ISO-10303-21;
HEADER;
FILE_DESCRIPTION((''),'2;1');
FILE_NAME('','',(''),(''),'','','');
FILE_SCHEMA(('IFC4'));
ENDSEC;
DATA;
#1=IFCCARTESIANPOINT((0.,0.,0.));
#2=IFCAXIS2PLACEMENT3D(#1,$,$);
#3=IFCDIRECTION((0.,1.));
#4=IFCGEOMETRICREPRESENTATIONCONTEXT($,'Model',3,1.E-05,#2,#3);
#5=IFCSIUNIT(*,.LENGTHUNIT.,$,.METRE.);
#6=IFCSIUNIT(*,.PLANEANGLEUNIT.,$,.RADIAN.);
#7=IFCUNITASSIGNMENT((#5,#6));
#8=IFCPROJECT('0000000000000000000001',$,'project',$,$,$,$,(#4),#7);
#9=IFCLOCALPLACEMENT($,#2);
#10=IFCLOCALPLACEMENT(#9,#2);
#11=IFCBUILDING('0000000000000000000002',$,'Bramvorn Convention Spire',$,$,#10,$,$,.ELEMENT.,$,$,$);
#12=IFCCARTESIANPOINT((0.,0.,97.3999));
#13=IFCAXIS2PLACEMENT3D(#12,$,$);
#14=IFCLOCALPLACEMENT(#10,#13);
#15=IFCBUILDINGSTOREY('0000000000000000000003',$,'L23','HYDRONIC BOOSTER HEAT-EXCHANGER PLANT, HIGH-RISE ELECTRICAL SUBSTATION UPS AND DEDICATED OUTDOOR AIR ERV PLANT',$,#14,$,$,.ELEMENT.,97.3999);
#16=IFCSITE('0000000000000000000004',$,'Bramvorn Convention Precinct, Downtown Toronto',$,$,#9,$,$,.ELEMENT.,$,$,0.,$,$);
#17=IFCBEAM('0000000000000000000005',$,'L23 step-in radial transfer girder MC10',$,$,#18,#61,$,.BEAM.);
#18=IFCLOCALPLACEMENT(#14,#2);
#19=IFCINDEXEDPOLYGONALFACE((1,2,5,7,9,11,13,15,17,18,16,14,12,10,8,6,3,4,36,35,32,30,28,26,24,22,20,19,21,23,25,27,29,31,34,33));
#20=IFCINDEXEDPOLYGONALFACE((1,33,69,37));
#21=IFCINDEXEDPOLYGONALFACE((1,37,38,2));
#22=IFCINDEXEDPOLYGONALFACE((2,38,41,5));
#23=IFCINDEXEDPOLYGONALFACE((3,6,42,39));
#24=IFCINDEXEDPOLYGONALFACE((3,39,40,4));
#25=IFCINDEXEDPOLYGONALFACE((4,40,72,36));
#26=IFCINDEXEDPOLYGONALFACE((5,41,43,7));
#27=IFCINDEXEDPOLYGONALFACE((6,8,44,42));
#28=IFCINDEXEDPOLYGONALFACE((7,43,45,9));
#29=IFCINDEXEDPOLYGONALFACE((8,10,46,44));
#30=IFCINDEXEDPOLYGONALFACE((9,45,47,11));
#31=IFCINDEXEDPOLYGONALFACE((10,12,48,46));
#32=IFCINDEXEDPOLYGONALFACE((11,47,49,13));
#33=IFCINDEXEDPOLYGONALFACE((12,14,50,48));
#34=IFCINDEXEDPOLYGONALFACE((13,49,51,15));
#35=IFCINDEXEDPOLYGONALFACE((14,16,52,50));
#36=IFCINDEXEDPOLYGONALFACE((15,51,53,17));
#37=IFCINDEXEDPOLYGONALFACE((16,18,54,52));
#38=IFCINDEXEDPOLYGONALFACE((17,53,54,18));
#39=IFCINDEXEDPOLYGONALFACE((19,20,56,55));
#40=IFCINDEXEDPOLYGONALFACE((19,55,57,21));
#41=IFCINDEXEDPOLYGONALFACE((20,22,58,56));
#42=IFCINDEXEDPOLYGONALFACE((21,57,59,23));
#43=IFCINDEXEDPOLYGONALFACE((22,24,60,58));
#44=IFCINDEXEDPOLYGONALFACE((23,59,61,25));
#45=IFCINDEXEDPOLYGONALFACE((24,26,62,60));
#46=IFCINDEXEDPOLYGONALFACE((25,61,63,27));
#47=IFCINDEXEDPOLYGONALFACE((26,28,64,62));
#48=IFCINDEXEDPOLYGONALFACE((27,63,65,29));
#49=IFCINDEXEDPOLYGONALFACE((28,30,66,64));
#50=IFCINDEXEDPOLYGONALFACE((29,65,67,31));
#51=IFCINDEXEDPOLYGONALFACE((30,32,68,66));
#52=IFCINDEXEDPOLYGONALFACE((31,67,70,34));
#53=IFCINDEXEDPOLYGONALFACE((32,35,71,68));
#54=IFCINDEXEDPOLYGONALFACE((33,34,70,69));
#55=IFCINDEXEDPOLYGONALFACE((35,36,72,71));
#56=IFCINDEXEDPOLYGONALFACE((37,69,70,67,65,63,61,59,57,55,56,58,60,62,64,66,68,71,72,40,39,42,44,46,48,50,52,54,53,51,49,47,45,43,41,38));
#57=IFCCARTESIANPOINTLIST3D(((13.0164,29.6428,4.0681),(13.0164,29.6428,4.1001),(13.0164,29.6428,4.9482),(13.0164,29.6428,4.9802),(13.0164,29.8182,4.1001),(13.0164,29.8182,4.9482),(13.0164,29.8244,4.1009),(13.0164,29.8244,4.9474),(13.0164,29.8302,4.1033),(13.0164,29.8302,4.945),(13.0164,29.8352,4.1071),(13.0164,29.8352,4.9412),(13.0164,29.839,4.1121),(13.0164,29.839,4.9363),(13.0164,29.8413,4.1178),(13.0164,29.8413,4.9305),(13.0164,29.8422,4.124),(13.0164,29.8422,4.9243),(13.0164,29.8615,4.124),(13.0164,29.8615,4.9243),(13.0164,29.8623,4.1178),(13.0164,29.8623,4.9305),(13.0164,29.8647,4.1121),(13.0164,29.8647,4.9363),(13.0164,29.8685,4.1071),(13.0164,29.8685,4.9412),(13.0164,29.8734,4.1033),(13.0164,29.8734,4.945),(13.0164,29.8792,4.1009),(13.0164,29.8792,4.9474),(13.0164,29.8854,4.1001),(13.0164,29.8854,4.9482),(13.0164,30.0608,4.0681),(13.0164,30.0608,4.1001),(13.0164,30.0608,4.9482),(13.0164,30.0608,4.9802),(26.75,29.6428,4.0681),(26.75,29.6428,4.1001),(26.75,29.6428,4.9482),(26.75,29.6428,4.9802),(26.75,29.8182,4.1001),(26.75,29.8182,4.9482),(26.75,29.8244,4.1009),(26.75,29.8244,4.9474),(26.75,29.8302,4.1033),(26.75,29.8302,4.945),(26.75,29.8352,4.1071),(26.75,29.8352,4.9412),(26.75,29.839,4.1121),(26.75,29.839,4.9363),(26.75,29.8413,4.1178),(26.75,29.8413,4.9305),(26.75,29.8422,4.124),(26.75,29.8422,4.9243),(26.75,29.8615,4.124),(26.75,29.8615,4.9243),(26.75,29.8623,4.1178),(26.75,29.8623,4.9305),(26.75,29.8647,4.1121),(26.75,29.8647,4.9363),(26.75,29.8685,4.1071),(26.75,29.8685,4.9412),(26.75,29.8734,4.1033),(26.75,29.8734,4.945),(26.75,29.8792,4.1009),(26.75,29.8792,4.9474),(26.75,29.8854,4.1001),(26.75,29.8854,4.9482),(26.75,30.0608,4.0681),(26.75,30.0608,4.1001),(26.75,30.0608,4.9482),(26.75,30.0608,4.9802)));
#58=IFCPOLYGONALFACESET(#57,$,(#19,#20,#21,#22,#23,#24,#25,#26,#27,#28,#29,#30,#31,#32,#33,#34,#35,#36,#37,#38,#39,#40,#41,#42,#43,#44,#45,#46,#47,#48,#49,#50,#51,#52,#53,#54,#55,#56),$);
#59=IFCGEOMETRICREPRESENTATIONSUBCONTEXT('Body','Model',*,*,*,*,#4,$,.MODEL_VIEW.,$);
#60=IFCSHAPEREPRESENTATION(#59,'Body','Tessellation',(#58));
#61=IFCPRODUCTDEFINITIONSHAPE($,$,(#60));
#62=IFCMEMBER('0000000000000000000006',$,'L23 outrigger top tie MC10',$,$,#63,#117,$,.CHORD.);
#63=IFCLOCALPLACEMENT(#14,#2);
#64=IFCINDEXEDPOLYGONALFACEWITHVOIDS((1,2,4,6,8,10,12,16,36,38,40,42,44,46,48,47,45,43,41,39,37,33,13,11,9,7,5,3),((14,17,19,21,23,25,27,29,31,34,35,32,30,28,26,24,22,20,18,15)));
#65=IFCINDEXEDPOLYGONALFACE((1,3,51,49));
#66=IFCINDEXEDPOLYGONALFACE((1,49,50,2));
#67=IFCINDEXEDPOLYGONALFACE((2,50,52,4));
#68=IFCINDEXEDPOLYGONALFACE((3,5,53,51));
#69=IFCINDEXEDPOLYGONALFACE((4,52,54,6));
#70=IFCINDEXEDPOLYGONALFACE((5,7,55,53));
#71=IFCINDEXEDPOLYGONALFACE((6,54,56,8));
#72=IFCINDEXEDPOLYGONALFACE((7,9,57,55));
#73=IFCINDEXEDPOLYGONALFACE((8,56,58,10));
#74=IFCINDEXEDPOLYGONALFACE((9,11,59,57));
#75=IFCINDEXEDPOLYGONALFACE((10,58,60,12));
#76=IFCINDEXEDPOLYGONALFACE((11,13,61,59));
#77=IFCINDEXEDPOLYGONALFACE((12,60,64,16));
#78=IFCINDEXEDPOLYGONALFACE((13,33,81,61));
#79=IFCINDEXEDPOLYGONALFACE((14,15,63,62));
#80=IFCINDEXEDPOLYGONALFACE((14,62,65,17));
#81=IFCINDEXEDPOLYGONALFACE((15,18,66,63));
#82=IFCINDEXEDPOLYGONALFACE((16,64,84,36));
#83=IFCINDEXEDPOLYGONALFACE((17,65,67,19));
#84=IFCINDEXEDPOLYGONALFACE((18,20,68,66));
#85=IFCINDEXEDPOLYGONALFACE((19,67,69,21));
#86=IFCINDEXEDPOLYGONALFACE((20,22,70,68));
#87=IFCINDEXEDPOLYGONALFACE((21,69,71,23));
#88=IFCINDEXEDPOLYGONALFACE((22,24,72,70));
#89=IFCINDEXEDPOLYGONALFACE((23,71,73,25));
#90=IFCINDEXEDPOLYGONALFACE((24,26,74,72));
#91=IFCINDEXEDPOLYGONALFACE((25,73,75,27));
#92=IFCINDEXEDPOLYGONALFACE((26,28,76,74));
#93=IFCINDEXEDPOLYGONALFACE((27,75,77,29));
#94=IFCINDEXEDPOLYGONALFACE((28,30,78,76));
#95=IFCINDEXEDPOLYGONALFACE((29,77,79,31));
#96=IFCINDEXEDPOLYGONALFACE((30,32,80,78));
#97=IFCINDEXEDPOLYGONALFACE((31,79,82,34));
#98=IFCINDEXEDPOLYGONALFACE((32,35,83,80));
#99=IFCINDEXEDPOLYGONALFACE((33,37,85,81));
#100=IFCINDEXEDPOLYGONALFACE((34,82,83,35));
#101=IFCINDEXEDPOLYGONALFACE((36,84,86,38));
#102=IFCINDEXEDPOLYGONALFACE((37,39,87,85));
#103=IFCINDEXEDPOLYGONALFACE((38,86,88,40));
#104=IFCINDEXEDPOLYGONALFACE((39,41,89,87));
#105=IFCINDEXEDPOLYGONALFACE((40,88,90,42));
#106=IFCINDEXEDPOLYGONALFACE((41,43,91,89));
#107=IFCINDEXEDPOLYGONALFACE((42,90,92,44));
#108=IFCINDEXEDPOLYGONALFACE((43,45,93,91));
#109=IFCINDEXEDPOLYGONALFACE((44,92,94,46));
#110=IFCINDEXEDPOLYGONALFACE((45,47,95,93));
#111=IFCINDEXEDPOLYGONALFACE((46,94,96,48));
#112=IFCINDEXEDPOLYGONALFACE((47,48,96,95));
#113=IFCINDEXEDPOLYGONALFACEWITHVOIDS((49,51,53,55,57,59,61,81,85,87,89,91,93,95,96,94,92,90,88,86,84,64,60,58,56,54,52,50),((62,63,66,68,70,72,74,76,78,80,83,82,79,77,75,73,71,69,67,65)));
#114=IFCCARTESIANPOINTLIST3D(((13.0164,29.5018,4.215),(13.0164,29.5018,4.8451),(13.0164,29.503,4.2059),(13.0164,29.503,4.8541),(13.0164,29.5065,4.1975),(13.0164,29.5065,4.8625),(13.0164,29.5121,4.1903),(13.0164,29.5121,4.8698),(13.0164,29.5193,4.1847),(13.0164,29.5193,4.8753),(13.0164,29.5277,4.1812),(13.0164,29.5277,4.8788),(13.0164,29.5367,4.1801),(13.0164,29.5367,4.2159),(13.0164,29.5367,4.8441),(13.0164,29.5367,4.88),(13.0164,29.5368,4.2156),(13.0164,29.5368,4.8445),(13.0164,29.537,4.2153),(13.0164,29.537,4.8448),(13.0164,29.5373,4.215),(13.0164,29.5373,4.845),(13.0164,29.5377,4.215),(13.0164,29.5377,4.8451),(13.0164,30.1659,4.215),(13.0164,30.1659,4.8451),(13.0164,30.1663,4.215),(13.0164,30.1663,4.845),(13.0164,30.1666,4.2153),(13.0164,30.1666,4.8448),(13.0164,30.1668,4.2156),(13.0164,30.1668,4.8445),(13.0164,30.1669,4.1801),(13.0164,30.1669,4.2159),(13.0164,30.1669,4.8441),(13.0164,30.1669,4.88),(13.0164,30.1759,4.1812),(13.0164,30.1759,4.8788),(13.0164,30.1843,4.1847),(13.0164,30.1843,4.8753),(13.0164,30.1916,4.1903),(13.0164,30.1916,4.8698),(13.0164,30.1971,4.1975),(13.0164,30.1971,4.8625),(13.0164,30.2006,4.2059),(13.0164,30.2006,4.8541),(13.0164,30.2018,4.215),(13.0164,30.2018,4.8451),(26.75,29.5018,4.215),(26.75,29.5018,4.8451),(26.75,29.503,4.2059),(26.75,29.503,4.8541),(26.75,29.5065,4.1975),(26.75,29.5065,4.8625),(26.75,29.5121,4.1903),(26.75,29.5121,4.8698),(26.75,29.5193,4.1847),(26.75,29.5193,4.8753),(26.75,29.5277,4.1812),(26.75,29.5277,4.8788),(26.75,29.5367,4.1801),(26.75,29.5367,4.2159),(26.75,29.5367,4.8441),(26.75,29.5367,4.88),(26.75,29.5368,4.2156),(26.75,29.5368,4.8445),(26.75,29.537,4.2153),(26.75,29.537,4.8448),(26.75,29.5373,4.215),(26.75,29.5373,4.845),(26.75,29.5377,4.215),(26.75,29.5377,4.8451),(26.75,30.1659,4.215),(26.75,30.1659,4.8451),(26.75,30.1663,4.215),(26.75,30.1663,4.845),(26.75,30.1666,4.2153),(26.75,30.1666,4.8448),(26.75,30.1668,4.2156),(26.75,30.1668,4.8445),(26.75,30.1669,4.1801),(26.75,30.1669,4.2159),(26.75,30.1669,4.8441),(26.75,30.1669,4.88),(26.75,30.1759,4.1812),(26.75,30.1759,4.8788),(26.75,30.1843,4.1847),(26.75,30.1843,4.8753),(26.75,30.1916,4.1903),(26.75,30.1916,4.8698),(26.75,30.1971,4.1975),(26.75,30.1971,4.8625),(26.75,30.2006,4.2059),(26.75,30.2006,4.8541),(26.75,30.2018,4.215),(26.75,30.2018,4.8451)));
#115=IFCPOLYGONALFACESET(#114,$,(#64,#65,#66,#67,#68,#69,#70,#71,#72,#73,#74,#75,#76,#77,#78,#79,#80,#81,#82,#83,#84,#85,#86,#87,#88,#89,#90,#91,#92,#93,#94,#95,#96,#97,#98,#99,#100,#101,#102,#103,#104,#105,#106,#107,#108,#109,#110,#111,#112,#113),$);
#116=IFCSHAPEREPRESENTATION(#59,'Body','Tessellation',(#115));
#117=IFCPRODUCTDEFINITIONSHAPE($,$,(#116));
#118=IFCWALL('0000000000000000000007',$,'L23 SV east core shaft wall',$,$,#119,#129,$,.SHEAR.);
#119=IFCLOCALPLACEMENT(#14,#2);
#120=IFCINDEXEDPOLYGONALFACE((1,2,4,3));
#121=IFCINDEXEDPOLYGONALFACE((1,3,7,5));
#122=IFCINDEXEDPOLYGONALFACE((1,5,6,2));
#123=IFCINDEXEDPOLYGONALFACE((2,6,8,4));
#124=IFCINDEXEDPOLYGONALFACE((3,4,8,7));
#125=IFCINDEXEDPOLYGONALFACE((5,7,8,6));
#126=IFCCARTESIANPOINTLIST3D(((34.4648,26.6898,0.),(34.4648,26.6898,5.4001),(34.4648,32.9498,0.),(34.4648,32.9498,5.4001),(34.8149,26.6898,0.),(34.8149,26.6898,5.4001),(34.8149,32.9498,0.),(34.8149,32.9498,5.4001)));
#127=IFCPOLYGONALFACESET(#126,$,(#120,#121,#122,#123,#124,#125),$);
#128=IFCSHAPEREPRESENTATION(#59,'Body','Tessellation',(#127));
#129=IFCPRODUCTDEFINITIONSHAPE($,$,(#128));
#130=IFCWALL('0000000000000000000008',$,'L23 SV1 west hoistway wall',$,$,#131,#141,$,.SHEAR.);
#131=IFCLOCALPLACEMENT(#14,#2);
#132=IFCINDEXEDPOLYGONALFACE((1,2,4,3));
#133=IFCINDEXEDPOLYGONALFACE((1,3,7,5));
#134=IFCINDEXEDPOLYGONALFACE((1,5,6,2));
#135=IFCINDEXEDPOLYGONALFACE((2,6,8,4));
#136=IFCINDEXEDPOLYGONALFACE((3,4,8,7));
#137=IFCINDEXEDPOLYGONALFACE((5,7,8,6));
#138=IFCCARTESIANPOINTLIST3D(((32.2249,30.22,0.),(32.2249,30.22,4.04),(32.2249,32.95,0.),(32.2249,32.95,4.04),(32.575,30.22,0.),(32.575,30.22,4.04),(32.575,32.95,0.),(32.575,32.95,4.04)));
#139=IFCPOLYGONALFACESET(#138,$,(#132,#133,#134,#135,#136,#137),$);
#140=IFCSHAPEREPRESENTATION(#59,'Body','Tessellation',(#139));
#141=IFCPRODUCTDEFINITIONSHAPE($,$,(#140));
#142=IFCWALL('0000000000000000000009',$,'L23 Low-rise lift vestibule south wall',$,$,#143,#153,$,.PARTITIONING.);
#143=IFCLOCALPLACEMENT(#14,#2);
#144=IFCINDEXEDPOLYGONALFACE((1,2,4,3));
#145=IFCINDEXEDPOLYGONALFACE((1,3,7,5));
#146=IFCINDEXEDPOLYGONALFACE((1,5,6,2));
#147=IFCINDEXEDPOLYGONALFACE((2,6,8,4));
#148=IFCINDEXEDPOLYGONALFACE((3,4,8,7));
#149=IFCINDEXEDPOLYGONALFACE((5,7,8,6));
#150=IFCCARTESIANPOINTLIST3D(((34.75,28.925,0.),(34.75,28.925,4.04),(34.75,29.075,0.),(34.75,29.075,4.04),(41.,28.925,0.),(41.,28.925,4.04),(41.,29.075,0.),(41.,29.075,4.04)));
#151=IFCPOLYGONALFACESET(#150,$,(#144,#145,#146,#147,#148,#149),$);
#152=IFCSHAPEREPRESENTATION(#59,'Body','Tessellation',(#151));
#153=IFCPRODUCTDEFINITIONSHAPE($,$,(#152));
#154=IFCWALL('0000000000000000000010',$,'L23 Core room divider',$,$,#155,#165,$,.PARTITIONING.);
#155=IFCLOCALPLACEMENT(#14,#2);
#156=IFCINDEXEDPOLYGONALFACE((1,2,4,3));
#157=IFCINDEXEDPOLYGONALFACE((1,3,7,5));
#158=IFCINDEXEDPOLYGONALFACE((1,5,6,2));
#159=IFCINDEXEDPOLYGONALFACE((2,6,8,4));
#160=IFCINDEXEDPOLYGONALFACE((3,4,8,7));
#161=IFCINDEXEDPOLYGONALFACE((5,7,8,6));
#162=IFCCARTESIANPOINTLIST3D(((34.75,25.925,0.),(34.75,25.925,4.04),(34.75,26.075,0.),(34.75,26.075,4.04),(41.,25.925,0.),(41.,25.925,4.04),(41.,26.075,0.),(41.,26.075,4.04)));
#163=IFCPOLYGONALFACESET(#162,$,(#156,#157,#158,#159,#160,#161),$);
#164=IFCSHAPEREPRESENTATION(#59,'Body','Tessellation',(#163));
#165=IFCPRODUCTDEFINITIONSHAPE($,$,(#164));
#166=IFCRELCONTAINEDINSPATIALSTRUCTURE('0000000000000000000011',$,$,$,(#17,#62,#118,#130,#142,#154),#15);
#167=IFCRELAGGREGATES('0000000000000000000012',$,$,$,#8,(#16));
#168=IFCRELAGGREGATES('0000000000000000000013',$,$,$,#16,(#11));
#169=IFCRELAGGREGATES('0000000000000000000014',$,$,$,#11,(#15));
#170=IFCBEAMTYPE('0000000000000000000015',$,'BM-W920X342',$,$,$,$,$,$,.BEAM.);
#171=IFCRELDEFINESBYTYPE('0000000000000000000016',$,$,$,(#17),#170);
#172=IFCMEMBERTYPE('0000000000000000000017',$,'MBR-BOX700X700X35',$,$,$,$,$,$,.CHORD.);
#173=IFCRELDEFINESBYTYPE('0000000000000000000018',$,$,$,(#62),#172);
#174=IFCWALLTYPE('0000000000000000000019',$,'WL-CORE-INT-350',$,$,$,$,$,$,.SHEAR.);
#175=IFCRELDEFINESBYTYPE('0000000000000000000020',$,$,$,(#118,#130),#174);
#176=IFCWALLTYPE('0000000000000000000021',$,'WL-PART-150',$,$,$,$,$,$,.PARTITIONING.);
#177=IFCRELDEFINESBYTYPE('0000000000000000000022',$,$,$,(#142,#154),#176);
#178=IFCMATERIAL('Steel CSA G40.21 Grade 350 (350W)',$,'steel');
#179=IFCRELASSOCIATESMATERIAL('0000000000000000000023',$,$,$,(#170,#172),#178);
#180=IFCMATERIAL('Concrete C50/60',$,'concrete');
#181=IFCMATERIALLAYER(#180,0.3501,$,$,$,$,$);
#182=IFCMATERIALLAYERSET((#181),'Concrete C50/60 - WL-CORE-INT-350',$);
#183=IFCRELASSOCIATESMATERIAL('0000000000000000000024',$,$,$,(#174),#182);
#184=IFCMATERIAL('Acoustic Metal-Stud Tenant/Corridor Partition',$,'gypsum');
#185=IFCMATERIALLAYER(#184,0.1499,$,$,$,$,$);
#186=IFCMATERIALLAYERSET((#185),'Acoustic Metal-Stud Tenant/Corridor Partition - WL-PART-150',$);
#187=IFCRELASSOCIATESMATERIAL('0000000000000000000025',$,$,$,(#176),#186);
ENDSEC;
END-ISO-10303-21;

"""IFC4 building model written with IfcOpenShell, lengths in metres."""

from ifc_helpers import new_model, si_unit, direction, frame, frame_2d, origin, origin_2d, place, context, subcontext, project, spatial, rectangle, hollow_rectangle, i_section, extrude, material, layer, layer_set, material_profile, profile_set, type_object, element, save


model = new_model("IFC4")

# Units and contexts
model_context = context("Model", 3, precision=1e-05, world=origin(), true_north=direction((0.0, 1.0)))
body_context = subcontext(model_context, "Body", "Model", "MODEL_VIEW")
ifc_project = project(units=[si_unit("LENGTHUNIT", "METRE"), si_unit("PLANEANGLEUNIT", "RADIAN")], contexts=[model_context])

# Site, building, storey
site_placement = place(None, origin())
site = spatial("IfcSite", under=ifc_project, at=site_placement, Name="Bramvorn Convention Precinct, Downtown Toronto", CompositionType="ELEMENT", RefElevation=0.0)
building_placement = place(site_placement, origin())
building = spatial("IfcBuilding", under=site, at=building_placement, Name="Bramvorn Convention Spire", CompositionType="ELEMENT")
storey_placement = place(building_placement, frame((0.0, 0.0, 97.3999)))
storey = spatial("IfcBuildingStorey", under=building, at=storey_placement, Name="L23", Description="HYDRONIC BOOSTER HEAT-EXCHANGER PLANT, HIGH-RISE ELECTRICAL SUBSTATION UPS AND DEDICATED OUTDOOR AIR ERV PLANT", CompositionType="ELEMENT", Elevation=97.3999)

# Beam
ifc_material_1 = material(Name="Steel CSA G40.21 Grade 350 (350W)", Category="steel")
ifc_material_profile_1 = material_profile(ifc_material_1, i_section(OverallWidth=0.418, OverallDepth=0.9121, WebThickness=0.0193, FlangeThickness=0.032, FilletRadius=0.0239, at=origin_2d()))
ifc_profile_set_1 = profile_set([ifc_material_profile_1], Name="Steel CSA G40.21 Grade 350 (350W) - W920X342")
beam_type = type_object("IfcBeamType", Name="BM-W920X342", PredefinedType="BEAM", material=ifc_profile_set_1)
beam_placement = place(storey_placement, frame((26.75, 29.8518, 4.5242), z_axis=(-1.0, 0.0, 0.0), x_axis=(0.0, -1.0, 0.0)))
element("IfcBeam", 1, at=beam_placement, inside=storey, type_object=beam_type, Name="L23 step-in radial transfer girder MC10", PredefinedType="BEAM", context=body_context, shape_type="SweptSolid", body=[
    extrude(i_section(OverallWidth=0.418, OverallDepth=0.9121, WebThickness=0.0193, FlangeThickness=0.032, FilletRadius=0.0239, at=origin_2d()), origin(), (0.0, 0.0, 1.0), 13.7336),
])

# Member
ifc_material_profile_2 = material_profile(ifc_material_1, hollow_rectangle(XDim=0.7, YDim=0.7, WallThickness=0.0349, InnerFilletRadius=0.001, OuterFilletRadius=0.0349, at=origin_2d()))
ifc_profile_set_2 = profile_set([ifc_material_profile_2], Name="Steel CSA G40.21 Grade 350 (350W) - BOX700X700X35")
member_type = type_object("IfcMemberType", Name="MBR-BOX700X700X35", PredefinedType="CHORD", material=ifc_profile_set_2)
member_placement = place(storey_placement, frame((26.75, 29.8518, 4.53), z_axis=(-1.0, 0.0, 0.0), x_axis=(0.0, -1.0, 0.0)))
element("IfcMember", 2, at=member_placement, inside=storey, type_object=member_type, Name="L23 outrigger top tie MC10", PredefinedType="CHORD", context=body_context, shape_type="SweptSolid", body=[
    extrude(hollow_rectangle(XDim=0.7, YDim=0.7, WallThickness=0.0349, InnerFilletRadius=0.001, OuterFilletRadius=0.0349, at=origin_2d()), origin(), (0.0, 0.0, 1.0), 13.7336),
])

# Wall
ifc_material_2 = material(Name="Concrete C50/60", Category="concrete")
ifc_layer_1 = layer(ifc_material_2, 0.3501)
ifc_layer_set_1 = layer_set([ifc_layer_1], Name="Concrete C50/60 - WL-CORE-INT-350")
wall_type_1 = type_object("IfcWallType", Name="WL-CORE-INT-350", PredefinedType="SHEAR", material=ifc_layer_set_1)
wall_1_placement = place(storey_placement, frame((34.6399, 26.6899, 0.0), z_axis=(0.0, 0.0, 1.0), x_axis=(0.0, 1.0, 0.0)))
element("IfcWall", 3, at=wall_1_placement, inside=storey, type_object=wall_type_1, Name="L23 SV east core shaft wall", PredefinedType="SHEAR", context=body_context, shape_type="SweptSolid", body=[
    extrude(rectangle(XDim=6.26, YDim=0.3501, at=frame_2d((3.1299, 0.0))), origin(), (0.0, 0.0, 1.0), 5.4001),
])

# Walls
wall_2_placement = place(storey_placement, frame((32.3999, 30.22, 0.0), z_axis=(0.0, 0.0, 1.0), x_axis=(0.0, 1.0, 0.0)))
element("IfcWall", 4, at=wall_2_placement, inside=storey, type_object=wall_type_1, Name="L23 SV1 west hoistway wall", PredefinedType="SHEAR", context=body_context, shape_type="SweptSolid", body=[
    extrude(rectangle(XDim=2.73, YDim=0.3501, at=frame_2d((1.365, 0.0))), origin(), (0.0, 0.0, 1.0), 4.04),
])
ifc_material_3 = material(Name="Acoustic Metal-Stud Tenant/Corridor Partition", Category="gypsum")
ifc_layer_2 = layer(ifc_material_3, 0.1499)
ifc_layer_set_2 = layer_set([ifc_layer_2], Name="Acoustic Metal-Stud Tenant/Corridor Partition - WL-PART-150")
wall_type_2 = type_object("IfcWallType", Name="WL-PART-150", PredefinedType="PARTITIONING", material=ifc_layer_set_2)
for number, where, z_axis, x_axis, name in (
    (5, (34.75, 29.0, 0.0), (0.0, 0.0, 1.0), (1.0, 0.0, 0.0), "L23 Low-rise lift vestibule south wall"),
    (6, (34.75, 26.0, 0.0), (0.0, 0.0, 1.0), (1.0, 0.0, 0.0), "L23 Core room divider"),
):
    element("IfcWall", number, at=place(storey_placement, frame(where, z_axis=z_axis, x_axis=x_axis)), inside=storey, type_object=wall_type_2, Name=name, PredefinedType="PARTITIONING", context=body_context, shape_type="SweptSolid", body=[
        extrude(rectangle(XDim=6.25, YDim=0.1499, at=frame_2d((3.125, 0.0))), origin(), (0.0, 0.0, 1.0), 4.04),
    ])

save(model, "model.ifc")
